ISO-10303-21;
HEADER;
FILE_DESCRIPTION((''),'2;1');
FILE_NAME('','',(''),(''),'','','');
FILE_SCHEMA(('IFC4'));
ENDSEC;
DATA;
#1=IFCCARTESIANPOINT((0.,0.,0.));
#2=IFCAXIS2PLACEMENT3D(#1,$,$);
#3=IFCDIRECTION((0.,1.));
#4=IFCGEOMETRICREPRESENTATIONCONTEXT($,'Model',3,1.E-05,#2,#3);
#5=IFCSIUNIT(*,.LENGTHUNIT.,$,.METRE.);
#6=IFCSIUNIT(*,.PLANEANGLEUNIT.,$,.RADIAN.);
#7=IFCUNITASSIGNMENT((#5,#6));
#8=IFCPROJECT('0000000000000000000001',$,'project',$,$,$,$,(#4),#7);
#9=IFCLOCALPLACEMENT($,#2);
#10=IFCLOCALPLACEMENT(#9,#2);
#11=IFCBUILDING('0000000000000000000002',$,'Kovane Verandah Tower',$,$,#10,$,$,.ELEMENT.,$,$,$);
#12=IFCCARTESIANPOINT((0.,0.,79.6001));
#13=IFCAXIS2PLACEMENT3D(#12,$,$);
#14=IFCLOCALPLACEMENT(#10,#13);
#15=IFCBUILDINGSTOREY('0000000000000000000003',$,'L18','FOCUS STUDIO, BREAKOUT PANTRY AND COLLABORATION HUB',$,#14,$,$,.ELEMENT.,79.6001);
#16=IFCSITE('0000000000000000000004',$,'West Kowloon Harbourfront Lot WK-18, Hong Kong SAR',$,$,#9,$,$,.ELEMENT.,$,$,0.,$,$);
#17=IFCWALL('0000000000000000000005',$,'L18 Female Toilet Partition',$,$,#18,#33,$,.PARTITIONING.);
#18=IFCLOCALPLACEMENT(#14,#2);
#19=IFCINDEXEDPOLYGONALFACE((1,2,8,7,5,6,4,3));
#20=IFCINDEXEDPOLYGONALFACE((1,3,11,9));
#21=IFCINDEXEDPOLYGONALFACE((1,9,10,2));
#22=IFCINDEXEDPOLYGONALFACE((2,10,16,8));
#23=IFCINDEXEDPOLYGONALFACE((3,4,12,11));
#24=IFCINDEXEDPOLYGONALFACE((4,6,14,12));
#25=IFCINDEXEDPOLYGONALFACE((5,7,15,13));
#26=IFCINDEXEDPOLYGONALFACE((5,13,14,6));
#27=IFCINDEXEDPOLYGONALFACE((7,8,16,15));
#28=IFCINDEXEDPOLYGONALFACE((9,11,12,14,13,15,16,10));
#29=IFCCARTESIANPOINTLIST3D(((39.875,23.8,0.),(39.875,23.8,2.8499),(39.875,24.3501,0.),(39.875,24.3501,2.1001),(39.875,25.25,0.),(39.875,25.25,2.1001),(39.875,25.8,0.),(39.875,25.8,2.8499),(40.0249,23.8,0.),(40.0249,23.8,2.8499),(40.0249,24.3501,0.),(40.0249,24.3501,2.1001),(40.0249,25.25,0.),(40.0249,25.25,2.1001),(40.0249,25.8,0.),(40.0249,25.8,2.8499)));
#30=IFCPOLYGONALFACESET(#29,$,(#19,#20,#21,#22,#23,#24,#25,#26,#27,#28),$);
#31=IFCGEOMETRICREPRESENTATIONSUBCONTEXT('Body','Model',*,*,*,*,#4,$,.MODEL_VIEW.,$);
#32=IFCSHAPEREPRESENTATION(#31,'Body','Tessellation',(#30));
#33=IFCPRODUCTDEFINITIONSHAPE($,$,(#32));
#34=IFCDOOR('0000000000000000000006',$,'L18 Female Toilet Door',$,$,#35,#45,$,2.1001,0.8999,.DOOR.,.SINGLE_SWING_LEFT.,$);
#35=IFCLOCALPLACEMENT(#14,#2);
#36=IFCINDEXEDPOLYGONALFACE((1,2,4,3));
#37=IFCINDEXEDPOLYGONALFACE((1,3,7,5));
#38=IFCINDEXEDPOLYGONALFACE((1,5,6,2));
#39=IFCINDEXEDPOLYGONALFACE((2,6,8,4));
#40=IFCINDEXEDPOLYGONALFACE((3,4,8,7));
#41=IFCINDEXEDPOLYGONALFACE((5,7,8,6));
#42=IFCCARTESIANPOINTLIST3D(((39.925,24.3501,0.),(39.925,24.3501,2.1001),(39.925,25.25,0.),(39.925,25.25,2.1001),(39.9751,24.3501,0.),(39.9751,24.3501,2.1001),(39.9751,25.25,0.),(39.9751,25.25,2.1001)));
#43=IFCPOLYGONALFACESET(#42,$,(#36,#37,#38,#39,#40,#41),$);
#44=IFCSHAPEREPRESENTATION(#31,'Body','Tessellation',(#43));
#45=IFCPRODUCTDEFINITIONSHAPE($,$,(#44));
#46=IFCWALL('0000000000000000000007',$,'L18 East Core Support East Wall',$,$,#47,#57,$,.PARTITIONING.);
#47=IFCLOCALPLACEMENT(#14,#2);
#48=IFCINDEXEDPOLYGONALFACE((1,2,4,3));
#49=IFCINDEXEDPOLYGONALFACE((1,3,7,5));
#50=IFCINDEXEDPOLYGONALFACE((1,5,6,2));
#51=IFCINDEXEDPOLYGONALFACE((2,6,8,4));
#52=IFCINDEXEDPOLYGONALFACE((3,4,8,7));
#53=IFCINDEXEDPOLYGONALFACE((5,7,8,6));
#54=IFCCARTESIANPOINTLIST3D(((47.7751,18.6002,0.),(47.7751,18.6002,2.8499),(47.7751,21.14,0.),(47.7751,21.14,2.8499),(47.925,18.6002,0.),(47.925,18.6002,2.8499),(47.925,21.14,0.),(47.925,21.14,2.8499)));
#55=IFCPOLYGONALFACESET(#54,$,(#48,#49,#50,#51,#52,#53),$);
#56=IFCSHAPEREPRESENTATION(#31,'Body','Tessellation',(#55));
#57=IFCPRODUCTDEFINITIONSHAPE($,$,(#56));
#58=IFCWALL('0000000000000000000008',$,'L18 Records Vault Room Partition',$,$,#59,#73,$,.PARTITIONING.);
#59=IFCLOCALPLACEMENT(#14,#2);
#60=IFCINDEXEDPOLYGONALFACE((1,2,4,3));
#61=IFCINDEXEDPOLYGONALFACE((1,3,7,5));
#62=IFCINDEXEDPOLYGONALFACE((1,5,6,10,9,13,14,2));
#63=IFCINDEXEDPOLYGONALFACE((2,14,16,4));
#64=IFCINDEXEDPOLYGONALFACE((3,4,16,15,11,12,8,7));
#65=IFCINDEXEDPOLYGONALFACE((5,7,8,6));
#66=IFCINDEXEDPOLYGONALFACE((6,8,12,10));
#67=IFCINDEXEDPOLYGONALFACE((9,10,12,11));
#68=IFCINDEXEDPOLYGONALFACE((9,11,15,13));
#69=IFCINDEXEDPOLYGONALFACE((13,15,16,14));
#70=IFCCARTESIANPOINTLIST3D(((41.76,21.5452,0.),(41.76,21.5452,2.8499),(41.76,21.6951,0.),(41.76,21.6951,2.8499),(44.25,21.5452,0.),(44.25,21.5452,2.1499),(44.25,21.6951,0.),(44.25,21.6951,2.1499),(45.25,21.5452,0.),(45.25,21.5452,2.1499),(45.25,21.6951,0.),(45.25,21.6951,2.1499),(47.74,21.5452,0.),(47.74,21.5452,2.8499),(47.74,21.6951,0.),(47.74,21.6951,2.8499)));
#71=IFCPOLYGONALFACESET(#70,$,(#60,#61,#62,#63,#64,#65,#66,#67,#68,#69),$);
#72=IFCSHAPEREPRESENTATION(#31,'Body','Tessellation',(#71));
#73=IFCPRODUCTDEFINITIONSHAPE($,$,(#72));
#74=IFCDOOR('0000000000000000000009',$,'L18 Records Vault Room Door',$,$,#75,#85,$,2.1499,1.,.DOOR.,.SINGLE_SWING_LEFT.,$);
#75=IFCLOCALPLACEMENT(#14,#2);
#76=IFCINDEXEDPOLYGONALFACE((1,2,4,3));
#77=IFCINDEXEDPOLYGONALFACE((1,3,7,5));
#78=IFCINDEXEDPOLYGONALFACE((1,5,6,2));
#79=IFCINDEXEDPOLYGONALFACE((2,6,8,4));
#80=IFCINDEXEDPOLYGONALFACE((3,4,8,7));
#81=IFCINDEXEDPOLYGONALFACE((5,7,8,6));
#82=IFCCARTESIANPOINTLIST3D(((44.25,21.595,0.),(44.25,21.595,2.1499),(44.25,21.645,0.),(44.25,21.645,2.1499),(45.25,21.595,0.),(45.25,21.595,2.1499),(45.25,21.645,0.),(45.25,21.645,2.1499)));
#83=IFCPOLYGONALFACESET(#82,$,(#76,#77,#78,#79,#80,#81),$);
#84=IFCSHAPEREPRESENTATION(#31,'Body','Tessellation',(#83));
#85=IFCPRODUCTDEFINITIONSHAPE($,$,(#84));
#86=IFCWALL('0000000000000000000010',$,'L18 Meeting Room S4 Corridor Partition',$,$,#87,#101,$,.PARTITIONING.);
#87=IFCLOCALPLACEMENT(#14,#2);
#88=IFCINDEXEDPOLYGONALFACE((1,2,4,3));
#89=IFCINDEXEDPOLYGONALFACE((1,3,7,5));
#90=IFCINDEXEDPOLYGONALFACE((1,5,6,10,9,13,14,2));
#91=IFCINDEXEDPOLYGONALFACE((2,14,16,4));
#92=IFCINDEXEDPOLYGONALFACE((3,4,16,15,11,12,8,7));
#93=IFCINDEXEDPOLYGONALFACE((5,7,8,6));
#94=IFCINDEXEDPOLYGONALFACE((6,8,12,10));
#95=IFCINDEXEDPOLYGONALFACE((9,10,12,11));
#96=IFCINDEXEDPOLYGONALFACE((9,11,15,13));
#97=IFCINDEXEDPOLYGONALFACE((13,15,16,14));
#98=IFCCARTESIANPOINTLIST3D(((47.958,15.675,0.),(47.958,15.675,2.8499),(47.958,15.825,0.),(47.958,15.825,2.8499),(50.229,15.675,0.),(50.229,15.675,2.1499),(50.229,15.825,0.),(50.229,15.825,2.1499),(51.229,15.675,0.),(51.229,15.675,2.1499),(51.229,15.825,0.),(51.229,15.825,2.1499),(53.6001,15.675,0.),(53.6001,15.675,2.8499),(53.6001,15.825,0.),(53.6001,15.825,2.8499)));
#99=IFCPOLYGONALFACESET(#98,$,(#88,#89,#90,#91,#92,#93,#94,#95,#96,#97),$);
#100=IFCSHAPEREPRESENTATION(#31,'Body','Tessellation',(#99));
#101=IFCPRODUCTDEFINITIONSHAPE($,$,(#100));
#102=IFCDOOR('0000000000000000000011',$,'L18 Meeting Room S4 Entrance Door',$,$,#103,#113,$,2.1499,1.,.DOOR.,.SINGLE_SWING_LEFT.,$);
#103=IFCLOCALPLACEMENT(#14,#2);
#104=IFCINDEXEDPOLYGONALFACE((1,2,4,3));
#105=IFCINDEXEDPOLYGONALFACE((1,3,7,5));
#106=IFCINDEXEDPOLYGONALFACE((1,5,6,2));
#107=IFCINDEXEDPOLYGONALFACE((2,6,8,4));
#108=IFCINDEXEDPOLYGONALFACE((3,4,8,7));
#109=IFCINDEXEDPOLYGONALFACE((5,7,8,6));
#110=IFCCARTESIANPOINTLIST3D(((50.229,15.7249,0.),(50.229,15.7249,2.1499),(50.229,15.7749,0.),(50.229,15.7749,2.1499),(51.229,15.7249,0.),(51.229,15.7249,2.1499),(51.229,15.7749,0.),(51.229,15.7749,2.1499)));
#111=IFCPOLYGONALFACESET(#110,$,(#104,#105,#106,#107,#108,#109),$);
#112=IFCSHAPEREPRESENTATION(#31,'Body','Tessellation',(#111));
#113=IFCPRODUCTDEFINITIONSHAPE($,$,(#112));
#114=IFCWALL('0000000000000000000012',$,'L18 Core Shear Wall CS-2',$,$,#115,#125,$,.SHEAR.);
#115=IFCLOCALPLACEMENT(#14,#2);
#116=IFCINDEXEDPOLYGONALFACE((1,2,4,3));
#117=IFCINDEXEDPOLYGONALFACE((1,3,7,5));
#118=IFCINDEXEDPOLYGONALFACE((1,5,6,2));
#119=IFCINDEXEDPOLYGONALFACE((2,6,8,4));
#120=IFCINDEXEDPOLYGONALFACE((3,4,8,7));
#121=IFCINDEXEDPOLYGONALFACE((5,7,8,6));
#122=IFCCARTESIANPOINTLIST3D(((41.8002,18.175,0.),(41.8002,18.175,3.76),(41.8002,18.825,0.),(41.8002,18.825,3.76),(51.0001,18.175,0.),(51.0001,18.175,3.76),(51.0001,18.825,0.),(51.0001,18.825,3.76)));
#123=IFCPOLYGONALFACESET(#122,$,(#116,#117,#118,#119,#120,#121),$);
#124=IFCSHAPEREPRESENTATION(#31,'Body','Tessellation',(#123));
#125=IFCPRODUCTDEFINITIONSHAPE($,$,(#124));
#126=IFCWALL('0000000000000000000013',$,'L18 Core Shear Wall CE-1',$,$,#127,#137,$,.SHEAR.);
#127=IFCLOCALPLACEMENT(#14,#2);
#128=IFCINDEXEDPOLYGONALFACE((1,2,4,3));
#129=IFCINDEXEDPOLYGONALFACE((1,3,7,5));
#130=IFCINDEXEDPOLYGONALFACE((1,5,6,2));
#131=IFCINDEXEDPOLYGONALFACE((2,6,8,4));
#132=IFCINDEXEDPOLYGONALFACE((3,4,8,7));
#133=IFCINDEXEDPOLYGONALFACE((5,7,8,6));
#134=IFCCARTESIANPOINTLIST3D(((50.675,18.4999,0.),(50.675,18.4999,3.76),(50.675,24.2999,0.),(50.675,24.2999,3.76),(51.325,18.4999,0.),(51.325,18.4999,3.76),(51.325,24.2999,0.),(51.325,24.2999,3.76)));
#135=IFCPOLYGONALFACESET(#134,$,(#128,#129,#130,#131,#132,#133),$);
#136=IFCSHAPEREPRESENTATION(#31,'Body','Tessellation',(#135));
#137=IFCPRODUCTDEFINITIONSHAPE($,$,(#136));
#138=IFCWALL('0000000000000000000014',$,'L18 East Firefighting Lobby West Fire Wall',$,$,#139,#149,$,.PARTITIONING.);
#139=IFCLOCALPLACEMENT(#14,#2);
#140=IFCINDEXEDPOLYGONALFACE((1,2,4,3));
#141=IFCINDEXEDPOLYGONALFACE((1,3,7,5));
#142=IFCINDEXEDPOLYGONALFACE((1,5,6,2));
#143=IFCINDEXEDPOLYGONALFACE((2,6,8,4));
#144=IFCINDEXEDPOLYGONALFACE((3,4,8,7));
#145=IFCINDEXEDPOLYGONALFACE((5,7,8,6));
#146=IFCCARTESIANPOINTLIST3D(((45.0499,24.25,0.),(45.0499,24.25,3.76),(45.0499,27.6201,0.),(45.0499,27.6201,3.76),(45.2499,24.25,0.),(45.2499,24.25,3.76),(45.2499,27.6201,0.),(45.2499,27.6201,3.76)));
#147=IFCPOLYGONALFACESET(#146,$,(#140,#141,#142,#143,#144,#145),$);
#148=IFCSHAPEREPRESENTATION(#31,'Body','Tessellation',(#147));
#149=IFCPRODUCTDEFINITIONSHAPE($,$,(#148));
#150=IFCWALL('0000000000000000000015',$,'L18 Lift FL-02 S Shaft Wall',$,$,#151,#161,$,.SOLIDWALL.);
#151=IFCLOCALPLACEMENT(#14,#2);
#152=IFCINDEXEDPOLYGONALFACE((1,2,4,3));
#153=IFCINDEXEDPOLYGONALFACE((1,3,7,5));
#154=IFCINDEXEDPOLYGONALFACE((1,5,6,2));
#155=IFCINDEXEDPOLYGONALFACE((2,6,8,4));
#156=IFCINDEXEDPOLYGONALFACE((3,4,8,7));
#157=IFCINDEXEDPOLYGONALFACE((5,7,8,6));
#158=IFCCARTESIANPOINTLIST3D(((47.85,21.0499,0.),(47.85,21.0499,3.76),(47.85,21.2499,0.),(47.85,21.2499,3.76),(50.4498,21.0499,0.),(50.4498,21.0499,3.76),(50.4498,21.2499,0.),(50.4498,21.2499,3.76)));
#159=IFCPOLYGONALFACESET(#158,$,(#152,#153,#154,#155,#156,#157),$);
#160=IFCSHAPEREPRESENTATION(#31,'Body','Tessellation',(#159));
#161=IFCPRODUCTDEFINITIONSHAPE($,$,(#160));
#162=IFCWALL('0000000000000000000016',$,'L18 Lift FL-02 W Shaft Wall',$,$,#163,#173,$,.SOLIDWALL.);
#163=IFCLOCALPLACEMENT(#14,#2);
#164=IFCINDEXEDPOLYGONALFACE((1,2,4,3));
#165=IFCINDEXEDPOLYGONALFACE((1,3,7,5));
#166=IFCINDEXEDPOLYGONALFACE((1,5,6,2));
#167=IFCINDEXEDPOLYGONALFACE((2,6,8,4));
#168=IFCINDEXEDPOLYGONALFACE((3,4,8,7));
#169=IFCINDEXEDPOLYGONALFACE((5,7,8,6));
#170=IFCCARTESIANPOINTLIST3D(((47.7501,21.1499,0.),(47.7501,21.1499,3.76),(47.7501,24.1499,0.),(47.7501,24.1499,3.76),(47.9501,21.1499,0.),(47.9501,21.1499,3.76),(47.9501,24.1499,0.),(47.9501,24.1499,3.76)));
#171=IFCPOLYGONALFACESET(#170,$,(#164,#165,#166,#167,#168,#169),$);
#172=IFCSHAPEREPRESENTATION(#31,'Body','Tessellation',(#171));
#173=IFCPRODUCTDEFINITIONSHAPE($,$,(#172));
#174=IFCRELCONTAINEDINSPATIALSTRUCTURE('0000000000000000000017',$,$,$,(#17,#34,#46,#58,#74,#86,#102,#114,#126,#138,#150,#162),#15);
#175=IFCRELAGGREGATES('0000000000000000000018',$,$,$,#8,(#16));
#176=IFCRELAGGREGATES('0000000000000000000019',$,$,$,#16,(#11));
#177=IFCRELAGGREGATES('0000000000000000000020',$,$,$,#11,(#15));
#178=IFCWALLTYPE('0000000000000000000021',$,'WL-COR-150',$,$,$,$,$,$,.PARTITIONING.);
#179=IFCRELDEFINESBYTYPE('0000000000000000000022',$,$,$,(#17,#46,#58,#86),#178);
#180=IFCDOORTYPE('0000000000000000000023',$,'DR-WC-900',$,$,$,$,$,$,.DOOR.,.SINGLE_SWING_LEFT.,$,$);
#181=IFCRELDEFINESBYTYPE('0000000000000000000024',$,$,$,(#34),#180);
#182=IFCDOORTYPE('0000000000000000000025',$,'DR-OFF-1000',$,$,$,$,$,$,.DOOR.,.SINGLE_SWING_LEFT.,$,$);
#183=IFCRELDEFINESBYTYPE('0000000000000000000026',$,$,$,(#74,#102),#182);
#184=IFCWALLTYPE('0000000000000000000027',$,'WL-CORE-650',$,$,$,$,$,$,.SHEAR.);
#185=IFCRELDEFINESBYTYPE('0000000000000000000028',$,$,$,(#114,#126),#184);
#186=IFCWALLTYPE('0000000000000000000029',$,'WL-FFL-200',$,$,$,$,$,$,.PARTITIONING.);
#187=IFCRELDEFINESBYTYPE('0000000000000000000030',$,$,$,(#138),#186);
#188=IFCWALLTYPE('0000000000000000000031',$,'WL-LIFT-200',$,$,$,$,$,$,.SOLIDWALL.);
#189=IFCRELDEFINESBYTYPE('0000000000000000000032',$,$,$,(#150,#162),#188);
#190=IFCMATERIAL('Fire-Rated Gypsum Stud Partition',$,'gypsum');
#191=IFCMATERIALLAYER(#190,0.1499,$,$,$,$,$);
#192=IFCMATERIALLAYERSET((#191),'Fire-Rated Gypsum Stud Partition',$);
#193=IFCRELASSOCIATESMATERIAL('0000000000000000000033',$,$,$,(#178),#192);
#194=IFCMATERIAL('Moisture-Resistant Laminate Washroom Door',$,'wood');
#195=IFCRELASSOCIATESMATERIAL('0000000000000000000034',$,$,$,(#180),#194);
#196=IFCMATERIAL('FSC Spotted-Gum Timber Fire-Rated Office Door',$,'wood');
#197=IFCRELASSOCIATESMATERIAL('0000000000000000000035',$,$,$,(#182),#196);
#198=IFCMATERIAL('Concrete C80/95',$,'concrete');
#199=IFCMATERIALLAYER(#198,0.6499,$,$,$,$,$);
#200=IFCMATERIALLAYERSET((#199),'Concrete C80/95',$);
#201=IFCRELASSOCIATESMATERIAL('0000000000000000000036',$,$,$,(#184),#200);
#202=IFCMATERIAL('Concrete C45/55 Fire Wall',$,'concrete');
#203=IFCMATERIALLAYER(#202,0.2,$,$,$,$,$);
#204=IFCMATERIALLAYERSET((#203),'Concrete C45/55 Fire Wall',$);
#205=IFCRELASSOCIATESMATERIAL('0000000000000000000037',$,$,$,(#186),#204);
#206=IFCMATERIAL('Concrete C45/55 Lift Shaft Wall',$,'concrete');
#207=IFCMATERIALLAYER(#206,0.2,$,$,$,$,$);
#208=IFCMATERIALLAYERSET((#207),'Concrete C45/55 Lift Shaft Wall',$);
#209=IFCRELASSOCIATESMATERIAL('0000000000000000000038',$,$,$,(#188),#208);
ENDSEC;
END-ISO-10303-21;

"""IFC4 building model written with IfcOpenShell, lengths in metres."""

from ifc_helpers import new_model, si_unit, direction, frame, frame_2d, origin, place, context, subcontext, project, spatial, rectangle, extrude, material, layer, layer_set, type_object, element, fill, save


model = new_model("IFC4")

# Units and contexts
model_context = context("Model", 3, precision=1e-05, world=origin(), true_north=direction((0.0, 1.0)))
body_context = subcontext(model_context, "Body", "Model", "MODEL_VIEW")
ifc_project = project(units=[si_unit("LENGTHUNIT", "METRE"), si_unit("PLANEANGLEUNIT", "RADIAN")], contexts=[model_context])

# Site, building, storey
site_placement = place(None, origin())
site = spatial("IfcSite", under=ifc_project, at=site_placement, Name="West Kowloon Harbourfront Lot WK-18, Hong Kong SAR", CompositionType="ELEMENT", RefElevation=0.0)
building_placement = place(site_placement, origin())
building = spatial("IfcBuilding", under=site, at=building_placement, Name="Kovane Verandah Tower", CompositionType="ELEMENT")
storey_placement = place(building_placement, frame((0.0, 0.0, 79.6001)))
storey = spatial("IfcBuildingStorey", under=building, at=storey_placement, Name="L18", Description="FOCUS STUDIO, BREAKOUT PANTRY AND COLLABORATION HUB", CompositionType="ELEMENT", Elevation=79.6001)

# Shared definitions
ifc_material_1 = material(Name="Concrete C80/95", Category="concrete")

# Shared definitions
ifc_material_2 = material(Name="Fire-Rated Gypsum Stud Partition", Category="gypsum")
ifc_layer_1 = layer(ifc_material_2, 0.1499)
ifc_layer_set_1 = layer_set([ifc_layer_1], Name="Fire-Rated Gypsum Stud Partition")
wall_type_1 = type_object("IfcWallType", Name="WL-COR-150", PredefinedType="PARTITIONING", material=ifc_layer_set_1)

# Wall, opening, door
ifc_material_3 = material(Name="Moisture-Resistant Laminate Washroom Door", Category="wood")
door_type_1 = type_object("IfcDoorType", Name="DR-WC-900", OperationType="SINGLE_SWING_LEFT", PredefinedType="DOOR", material=ifc_material_3)
wall_1_placement = place(storey_placement, frame((39.95, 23.8, 0.0), z_axis=(0.0, 0.0, 1.0), x_axis=(0.0, 1.0, 0.0)))
wall_1 = element("IfcWall", 1, at=wall_1_placement, inside=storey, type_object=wall_type_1, Name="L18 Female Toilet Partition", PredefinedType="PARTITIONING", context=body_context, shape_type="SweptSolid", body=[
    extrude(rectangle(XDim=2.0, YDim=0.1499, at=frame_2d((1.0, 0.0))), origin(), (0.0, 0.0, 1.0), 2.8499),
])
opening_1_placement = place(wall_1_placement, frame((0.55, 0.0, 0.0)))
opening_1 = element("IfcOpeningElement", 2, at=opening_1_placement, cuts=wall_1, PredefinedType="OPENING", context=body_context, shape_type="SweptSolid", body=[
    extrude(rectangle(XDim=0.8999, YDim=2.1001, at=frame_2d((0.45, 1.05))), frame((0.0, 0.075, 0.0), z_axis=(0.0, -1.0, 0.0), x_axis=(1.0, 0.0, 0.0)), (0.0, 0.0, 1.0), 0.1499),
])
door_1_placement = place(opening_1_placement, origin())
door_1 = element("IfcDoor", 3, at=door_1_placement, inside=storey, type_object=door_type_1, Name="L18 Female Toilet Door", OperationType="SINGLE_SWING_LEFT", OverallHeight=2.1001, OverallWidth=0.8999, PredefinedType="DOOR", context=body_context, shape_type="SweptSolid", body=[
    extrude(rectangle(XDim=0.8999, YDim=2.1001, at=frame_2d((0.45, 1.05))), frame((0.0, 0.0249, 0.0), z_axis=(0.0, -1.0, 0.0), x_axis=(1.0, 0.0, 0.0)), (0.0, 0.0, 1.0), 0.05),
])
fill(opening_1, door_1)

# Wall
wall_2_placement = place(storey_placement, frame((47.8501, 18.6001, 0.0), z_axis=(0.0, 0.0, 1.0), x_axis=(0.0, 1.0, 0.0)))
element("IfcWall", 4, at=wall_2_placement, inside=storey, type_object=wall_type_1, Name="L18 East Core Support East Wall", PredefinedType="PARTITIONING", context=body_context, shape_type="SweptSolid", body=[
    extrude(rectangle(XDim=2.5398, YDim=0.1499, at=frame_2d((1.27, 0.0))), origin(), (0.0, 0.0, 1.0), 2.8499),
])

# Walls, openings, doors
wall_3_placement = place(storey_placement, frame((41.76, 21.6201, 0.0), z_axis=(0.0, 0.0, 1.0), x_axis=(1.0, 0.0, 0.0)))
wall_3 = element("IfcWall", 5, at=wall_3_placement, inside=storey, type_object=wall_type_1, Name="L18 Records Vault Room Partition", PredefinedType="PARTITIONING", context=body_context, shape_type="SweptSolid", body=[
    extrude(rectangle(XDim=5.98, YDim=0.1499, at=frame_2d((2.99, 0.0))), origin(), (0.0, 0.0, 1.0), 2.8499),
])
opening_2_placement = place(wall_3_placement, frame((2.49, 0.0, 0.0)))
opening_2 = element("IfcOpeningElement", 6, at=opening_2_placement, cuts=wall_3, PredefinedType="OPENING", context=body_context, shape_type="SweptSolid", body=[
    extrude(rectangle(XDim=1.0, YDim=2.1499, at=frame_2d((0.5, 1.075))), frame((0.0, 0.075, 0.0), z_axis=(0.0, -1.0, 0.0), x_axis=(1.0, 0.0, 0.0)), (0.0, 0.0, 1.0), 0.1499),
])
ifc_material_4 = material(Name="FSC Spotted-Gum Timber Fire-Rated Office Door", Category="wood")
door_type_2 = type_object("IfcDoorType", Name="DR-OFF-1000", OperationType="SINGLE_SWING_LEFT", PredefinedType="DOOR", material=ifc_material_4)
door_2_placement = place(opening_2_placement, origin())
door_2 = element("IfcDoor", 7, at=door_2_placement, inside=storey, type_object=door_type_2, Name="L18 Records Vault Room Door", OperationType="SINGLE_SWING_LEFT", OverallHeight=2.1499, OverallWidth=1.0, PredefinedType="DOOR", context=body_context, shape_type="SweptSolid", body=[
    extrude(rectangle(XDim=1.0, YDim=2.1499, at=frame_2d((0.5, 1.075))), frame((0.0, 0.0249, 0.0), z_axis=(0.0, -1.0, 0.0), x_axis=(1.0, 0.0, 0.0)), (0.0, 0.0, 1.0), 0.05),
])
fill(opening_2, door_2)
wall_4_placement = place(storey_placement, frame((47.958, 15.75, 0.0), z_axis=(0.0, 0.0, 1.0), x_axis=(1.0, 0.0, 0.0)))
wall_4 = element("IfcWall", 8, at=wall_4_placement, inside=storey, type_object=wall_type_1, Name="L18 Meeting Room S4 Corridor Partition", PredefinedType="PARTITIONING", context=body_context, shape_type="SweptSolid", body=[
    extrude(rectangle(XDim=5.6421, YDim=0.1499, at=frame_2d((2.821, 0.0))), origin(), (0.0, 0.0, 1.0), 2.8499),
])
opening_3_placement = place(wall_4_placement, frame((2.271, 0.0, 0.0)))
opening_3 = element("IfcOpeningElement", 9, at=opening_3_placement, cuts=wall_4, PredefinedType="OPENING", context=body_context, shape_type="SweptSolid", body=[
    extrude(rectangle(XDim=1.0, YDim=2.1499, at=frame_2d((0.5, 1.075))), frame((0.0, 0.075, 0.0), z_axis=(0.0, -1.0, 0.0), x_axis=(1.0, 0.0, 0.0)), (0.0, 0.0, 1.0), 0.1499),
])
door_3_placement = place(opening_3_placement, origin())
door_3 = element("IfcDoor", 10, at=door_3_placement, inside=storey, type_object=door_type_2, Name="L18 Meeting Room S4 Entrance Door", OperationType="SINGLE_SWING_LEFT", OverallHeight=2.1499, OverallWidth=1.0, PredefinedType="DOOR", context=body_context, shape_type="SweptSolid", body=[
    extrude(rectangle(XDim=1.0, YDim=2.1499, at=frame_2d((0.5, 1.075))), frame((0.0, 0.0249, 0.0), z_axis=(0.0, -1.0, 0.0), x_axis=(1.0, 0.0, 0.0)), (0.0, 0.0, 1.0), 0.05),
])
fill(opening_3, door_3)

# Walls
ifc_layer_2 = layer(ifc_material_1, 0.6499)
ifc_layer_set_2 = layer_set([ifc_layer_2], Name="Concrete C80/95")
wall_type_2 = type_object("IfcWallType", Name="WL-CORE-650", PredefinedType="SHEAR", material=ifc_layer_set_2)
wall_5_placement = place(storey_placement, frame((41.8, 18.5, 0.0), z_axis=(0.0, 0.0, 1.0), x_axis=(1.0, 0.0, 0.0)))
element("IfcWall", 11, at=wall_5_placement, inside=storey, type_object=wall_type_2, Name="L18 Core Shear Wall CS-2", PredefinedType="SHEAR", context=body_context, shape_type="SweptSolid", body=[
    extrude(rectangle(XDim=9.2, YDim=0.6499, at=frame_2d((4.6001, 0.0))), origin(), (0.0, 0.0, 1.0), 3.76),
])
wall_6_placement = place(storey_placement, frame((51.0, 18.5, 0.0), z_axis=(0.0, 0.0, 1.0), x_axis=(0.0, 1.0, 0.0)))
element("IfcWall", 12, at=wall_6_placement, inside=storey, type_object=wall_type_2, Name="L18 Core Shear Wall CE-1", PredefinedType="SHEAR", context=body_context, shape_type="SweptSolid", body=[
    extrude(rectangle(XDim=5.8, YDim=0.6499, at=frame_2d((2.8999, 0.0))), origin(), (0.0, 0.0, 1.0), 3.76),
])
ifc_material_5 = material(Name="Concrete C45/55 Fire Wall", Category="concrete")
ifc_layer_3 = layer(ifc_material_5, 0.2)
ifc_layer_set_3 = layer_set([ifc_layer_3], Name="Concrete C45/55 Fire Wall")
wall_type_3 = type_object("IfcWallType", Name="WL-FFL-200", PredefinedType="PARTITIONING", material=ifc_layer_set_3)
wall_7_placement = place(storey_placement, frame((45.1499, 24.25, 0.0), z_axis=(0.0, 0.0, 1.0), x_axis=(0.0, 1.0, 0.0)))
element("IfcWall", 13, at=wall_7_placement, inside=storey, type_object=wall_type_3, Name="L18 East Firefighting Lobby West Fire Wall", PredefinedType="PARTITIONING", context=body_context, shape_type="SweptSolid", body=[
    extrude(rectangle(XDim=3.3701, YDim=0.2, at=frame_2d((1.6851, 0.0))), origin(), (0.0, 0.0, 1.0), 3.76),
])

# Wall
ifc_material_6 = material(Name="Concrete C45/55 Lift Shaft Wall", Category="concrete")
ifc_layer_4 = layer(ifc_material_6, 0.2)
ifc_layer_set_4 = layer_set([ifc_layer_4], Name="Concrete C45/55 Lift Shaft Wall")
wall_type_4 = type_object("IfcWallType", Name="WL-LIFT-200", PredefinedType="SOLIDWALL", material=ifc_layer_set_4)
wall_8_placement = place(storey_placement, frame((47.8501, 21.1499, 0.0), z_axis=(0.0, 0.0, 1.0), x_axis=(1.0, 0.0, 0.0)))
element("IfcWall", 14, at=wall_8_placement, inside=storey, type_object=wall_type_4, Name="L18 Lift FL-02 S Shaft Wall", PredefinedType="SOLIDWALL", context=body_context, shape_type="SweptSolid", body=[
    extrude(rectangle(XDim=2.5999, YDim=0.2, at=frame_2d((1.2998, 0.0))), origin(), (0.0, 0.0, 1.0), 3.76),
])

# Wall
wall_9_placement = place(storey_placement, frame((47.8501, 24.1499, 0.0), z_axis=(0.0, 0.0, 1.0), x_axis=(0.0, -1.0, 0.0)))
element("IfcWall", 15, at=wall_9_placement, inside=storey, type_object=wall_type_4, Name="L18 Lift FL-02 W Shaft Wall", PredefinedType="SOLIDWALL", context=body_context, shape_type="SweptSolid", body=[
    extrude(rectangle(XDim=3.0, YDim=0.2, at=frame_2d((1.5, 0.0))), origin(), (0.0, 0.0, 1.0), 3.76),
])

save(model, "model.ifc")
